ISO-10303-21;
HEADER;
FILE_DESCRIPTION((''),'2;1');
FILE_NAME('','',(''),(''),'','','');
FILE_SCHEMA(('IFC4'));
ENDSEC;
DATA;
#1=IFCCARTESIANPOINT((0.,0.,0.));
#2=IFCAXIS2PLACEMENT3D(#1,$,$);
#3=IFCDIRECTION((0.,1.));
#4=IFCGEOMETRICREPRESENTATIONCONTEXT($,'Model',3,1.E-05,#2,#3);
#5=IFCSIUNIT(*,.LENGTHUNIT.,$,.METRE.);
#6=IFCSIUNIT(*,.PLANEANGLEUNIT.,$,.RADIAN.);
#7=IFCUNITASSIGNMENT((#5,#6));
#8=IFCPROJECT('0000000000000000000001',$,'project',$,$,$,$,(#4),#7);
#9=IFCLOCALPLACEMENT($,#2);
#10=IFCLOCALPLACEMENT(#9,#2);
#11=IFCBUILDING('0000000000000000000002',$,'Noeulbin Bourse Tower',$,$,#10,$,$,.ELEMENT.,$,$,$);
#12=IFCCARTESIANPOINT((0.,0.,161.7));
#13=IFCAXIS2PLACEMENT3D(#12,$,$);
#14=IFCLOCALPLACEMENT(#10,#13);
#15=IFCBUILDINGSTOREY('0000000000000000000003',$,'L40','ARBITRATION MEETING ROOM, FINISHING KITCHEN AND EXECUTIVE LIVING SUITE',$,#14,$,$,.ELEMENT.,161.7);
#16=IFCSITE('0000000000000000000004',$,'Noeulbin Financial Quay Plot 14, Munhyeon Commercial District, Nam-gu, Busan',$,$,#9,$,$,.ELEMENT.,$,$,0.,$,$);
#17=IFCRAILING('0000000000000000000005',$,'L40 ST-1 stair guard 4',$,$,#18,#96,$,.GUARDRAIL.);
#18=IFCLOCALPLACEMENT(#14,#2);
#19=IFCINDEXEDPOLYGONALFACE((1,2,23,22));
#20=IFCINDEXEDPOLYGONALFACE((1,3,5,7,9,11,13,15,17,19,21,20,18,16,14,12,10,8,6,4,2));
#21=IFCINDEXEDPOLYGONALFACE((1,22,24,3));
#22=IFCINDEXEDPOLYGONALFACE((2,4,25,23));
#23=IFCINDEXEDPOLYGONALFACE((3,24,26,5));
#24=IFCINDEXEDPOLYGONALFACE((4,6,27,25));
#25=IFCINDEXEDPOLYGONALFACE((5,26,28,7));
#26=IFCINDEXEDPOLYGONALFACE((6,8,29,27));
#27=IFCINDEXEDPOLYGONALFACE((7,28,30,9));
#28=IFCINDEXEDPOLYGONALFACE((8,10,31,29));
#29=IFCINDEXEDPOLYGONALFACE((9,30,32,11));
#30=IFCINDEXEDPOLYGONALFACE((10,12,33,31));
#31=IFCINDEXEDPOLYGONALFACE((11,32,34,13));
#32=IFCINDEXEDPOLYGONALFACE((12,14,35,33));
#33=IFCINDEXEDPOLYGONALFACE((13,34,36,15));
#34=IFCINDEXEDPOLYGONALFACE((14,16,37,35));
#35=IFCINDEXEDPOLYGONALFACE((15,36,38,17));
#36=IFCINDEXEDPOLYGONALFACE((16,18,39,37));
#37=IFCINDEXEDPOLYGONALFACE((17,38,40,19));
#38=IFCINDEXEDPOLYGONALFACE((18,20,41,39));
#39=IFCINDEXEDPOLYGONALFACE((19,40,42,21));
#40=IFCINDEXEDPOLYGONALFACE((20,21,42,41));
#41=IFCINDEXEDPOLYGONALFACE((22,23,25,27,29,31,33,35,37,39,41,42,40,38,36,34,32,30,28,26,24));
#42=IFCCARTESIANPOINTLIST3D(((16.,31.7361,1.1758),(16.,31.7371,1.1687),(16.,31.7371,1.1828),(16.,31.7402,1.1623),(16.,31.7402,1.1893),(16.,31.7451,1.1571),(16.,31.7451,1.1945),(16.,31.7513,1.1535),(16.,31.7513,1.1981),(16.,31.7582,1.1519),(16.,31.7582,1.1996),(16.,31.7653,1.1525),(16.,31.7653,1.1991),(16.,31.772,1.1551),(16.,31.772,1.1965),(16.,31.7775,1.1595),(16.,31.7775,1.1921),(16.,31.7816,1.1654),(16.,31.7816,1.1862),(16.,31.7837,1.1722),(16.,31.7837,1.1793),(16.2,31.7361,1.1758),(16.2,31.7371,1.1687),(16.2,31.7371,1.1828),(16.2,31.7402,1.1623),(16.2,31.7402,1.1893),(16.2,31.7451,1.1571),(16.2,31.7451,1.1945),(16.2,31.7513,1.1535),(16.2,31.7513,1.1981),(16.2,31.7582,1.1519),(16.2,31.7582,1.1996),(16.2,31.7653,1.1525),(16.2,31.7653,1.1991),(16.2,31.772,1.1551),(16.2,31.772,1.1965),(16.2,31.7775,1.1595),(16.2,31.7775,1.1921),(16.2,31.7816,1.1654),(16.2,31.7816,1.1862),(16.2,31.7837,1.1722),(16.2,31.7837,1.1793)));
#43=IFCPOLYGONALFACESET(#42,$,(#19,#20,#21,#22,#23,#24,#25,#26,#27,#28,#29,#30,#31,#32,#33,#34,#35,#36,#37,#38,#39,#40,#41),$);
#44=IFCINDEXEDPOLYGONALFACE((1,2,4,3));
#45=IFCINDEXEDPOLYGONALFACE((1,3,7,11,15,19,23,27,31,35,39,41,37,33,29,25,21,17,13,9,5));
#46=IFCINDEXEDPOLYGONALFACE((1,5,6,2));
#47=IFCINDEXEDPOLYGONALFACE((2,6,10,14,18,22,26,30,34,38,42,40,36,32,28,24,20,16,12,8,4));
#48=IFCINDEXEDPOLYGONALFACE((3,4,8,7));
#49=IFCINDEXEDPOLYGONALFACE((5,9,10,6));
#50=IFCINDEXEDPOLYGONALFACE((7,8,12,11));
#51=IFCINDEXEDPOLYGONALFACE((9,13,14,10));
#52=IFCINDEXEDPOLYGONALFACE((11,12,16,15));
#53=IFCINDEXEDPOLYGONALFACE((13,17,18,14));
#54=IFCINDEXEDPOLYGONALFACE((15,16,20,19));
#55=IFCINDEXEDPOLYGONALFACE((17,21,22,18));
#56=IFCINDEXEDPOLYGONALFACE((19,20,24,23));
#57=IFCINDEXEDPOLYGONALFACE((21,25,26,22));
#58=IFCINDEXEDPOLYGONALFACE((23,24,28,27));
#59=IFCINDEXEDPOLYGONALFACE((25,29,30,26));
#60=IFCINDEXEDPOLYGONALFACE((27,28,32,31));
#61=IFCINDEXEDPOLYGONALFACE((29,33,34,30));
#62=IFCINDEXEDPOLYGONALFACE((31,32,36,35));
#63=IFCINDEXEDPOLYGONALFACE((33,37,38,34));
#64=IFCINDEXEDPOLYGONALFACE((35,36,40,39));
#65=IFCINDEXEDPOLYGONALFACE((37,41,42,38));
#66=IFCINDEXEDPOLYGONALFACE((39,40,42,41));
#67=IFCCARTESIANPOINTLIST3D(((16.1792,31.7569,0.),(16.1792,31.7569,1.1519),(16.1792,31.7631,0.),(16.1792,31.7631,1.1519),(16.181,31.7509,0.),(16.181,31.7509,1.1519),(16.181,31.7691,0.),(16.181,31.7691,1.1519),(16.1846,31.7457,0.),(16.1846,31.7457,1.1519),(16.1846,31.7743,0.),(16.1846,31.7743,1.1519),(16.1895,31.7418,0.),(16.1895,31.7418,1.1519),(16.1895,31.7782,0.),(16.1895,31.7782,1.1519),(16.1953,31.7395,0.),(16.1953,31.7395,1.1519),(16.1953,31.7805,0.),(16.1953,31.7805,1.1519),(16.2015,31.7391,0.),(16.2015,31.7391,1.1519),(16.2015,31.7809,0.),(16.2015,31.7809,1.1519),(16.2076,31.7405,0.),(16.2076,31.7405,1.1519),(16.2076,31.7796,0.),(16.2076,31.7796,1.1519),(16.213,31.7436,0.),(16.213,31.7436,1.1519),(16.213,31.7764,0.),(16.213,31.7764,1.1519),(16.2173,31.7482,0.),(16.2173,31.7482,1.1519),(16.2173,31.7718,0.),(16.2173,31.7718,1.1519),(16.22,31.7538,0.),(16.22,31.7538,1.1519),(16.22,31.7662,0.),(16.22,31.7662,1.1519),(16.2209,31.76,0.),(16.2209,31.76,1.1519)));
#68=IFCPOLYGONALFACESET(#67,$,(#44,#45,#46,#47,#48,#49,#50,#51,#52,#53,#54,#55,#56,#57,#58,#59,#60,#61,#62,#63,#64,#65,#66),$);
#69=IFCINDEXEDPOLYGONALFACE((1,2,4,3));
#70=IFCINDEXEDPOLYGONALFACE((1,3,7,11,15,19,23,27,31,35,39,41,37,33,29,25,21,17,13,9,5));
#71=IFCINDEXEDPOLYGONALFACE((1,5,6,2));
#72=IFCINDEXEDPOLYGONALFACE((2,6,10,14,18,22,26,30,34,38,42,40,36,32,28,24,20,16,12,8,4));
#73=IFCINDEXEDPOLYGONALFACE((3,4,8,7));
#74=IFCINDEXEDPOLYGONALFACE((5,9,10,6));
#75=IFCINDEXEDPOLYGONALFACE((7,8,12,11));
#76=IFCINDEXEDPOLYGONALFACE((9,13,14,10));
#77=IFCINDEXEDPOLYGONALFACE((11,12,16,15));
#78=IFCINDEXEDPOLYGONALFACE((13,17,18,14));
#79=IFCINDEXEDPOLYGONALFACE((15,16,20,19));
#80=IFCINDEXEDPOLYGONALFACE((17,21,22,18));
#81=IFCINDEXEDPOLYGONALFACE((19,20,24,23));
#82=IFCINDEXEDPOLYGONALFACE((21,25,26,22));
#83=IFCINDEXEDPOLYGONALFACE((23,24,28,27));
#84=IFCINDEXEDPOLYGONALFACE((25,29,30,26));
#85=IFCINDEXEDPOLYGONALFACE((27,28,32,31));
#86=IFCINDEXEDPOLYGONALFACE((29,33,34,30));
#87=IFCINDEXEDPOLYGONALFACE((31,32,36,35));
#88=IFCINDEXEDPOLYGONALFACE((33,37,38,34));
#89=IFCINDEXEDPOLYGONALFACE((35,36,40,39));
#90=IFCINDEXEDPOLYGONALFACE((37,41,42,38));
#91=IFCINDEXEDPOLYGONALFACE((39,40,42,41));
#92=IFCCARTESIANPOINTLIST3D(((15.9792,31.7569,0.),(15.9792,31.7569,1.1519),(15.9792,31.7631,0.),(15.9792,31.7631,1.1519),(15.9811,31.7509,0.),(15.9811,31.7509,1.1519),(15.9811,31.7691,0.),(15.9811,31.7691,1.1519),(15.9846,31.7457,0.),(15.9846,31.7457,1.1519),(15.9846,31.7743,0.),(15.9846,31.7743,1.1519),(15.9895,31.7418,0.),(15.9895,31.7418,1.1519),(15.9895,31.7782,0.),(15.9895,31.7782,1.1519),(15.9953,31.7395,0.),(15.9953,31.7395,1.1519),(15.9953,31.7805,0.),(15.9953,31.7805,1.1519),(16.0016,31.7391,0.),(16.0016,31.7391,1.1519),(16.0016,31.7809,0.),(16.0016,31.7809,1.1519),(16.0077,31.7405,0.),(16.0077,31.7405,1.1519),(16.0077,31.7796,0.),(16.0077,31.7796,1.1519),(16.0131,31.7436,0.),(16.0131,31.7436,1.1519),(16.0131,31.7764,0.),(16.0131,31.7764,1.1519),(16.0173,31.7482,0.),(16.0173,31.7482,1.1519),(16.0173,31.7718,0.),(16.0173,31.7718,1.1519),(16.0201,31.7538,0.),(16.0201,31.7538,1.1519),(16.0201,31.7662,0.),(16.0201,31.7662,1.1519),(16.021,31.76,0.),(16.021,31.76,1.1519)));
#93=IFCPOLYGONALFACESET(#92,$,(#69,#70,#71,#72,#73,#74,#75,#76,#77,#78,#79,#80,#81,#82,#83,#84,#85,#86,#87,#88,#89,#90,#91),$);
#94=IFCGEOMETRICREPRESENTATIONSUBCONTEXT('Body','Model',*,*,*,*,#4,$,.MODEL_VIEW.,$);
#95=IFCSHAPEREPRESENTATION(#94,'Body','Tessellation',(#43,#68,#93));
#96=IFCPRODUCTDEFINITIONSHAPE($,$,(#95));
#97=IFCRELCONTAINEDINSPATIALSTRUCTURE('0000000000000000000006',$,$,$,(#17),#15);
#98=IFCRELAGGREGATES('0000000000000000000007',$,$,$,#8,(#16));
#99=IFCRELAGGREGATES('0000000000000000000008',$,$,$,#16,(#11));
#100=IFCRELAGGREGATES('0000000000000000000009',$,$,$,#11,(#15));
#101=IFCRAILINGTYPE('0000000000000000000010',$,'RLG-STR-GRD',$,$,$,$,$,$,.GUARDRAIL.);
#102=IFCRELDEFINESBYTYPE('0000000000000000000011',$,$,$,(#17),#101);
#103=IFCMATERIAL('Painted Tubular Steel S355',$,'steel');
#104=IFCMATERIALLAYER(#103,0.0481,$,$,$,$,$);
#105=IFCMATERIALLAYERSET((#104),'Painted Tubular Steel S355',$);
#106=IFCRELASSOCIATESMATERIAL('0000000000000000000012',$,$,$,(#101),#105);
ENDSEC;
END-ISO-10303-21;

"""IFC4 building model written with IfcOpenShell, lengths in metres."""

from ifc_helpers import new_model, si_unit, direction, frame, origin, origin_2d, place, context, subcontext, project, spatial, circle, extrude, material, layer, layer_set, type_object, element, save


model = new_model("IFC4")

# Units and contexts
model_context = context("Model", 3, precision=1e-05, world=origin(), true_north=direction((0.0, 1.0)))
body_context = subcontext(model_context, "Body", "Model", "MODEL_VIEW")
ifc_project = project(units=[si_unit("LENGTHUNIT", "METRE"), si_unit("PLANEANGLEUNIT", "RADIAN")], contexts=[model_context])

# Site, building, storey
site_placement = place(None, origin())
site = spatial("IfcSite", under=ifc_project, at=site_placement, Name="Noeulbin Financial Quay Plot 14, Munhyeon Commercial District, Nam-gu, Busan", CompositionType="ELEMENT", RefElevation=0.0)
building_placement = place(site_placement, origin())
building = spatial("IfcBuilding", under=site, at=building_placement, Name="Noeulbin Bourse Tower", CompositionType="ELEMENT")
storey_placement = place(building_placement, frame((0.0, 0.0, 161.7)))
storey = spatial("IfcBuildingStorey", under=building, at=storey_placement, Name="L40", Description="ARBITRATION MEETING ROOM, FINISHING KITCHEN AND EXECUTIVE LIVING SUITE", CompositionType="ELEMENT", Elevation=161.7)

# Railing
ifc_material_1 = material(Name="Painted Tubular Steel S355", Category="steel")
ifc_layer_1 = layer(ifc_material_1, 0.0481)
ifc_layer_set_1 = layer_set([ifc_layer_1], Name="Painted Tubular Steel S355")
railing_type_1 = type_object("IfcRailingType", Name="RLG-STR-GRD", PredefinedType="GUARDRAIL", material=ifc_layer_set_1)
railing_1_placement = place(storey_placement, frame((16.2, 31.76, 0.0)))
element("IfcRailing", 1, at=railing_1_placement, inside=storey, type_object=railing_type_1, Name="L40 ST-1 stair guard 4", PredefinedType="GUARDRAIL", context=body_context, shape_type="SweptSolid", body=[
    extrude(circle(Radius=0.0239, at=origin_2d()), frame((0.0, 0.0, 1.1758), z_axis=(-1.0, 0.0, 0.0), x_axis=(0.0, -1.0, 0.0)), (0.0, 0.0, 1.0), 0.2),
    extrude(circle(Radius=0.021, at=origin_2d()), origin(), (0.0, 0.0, 1.0), 1.1519),
    extrude(circle(Radius=0.021, at=origin_2d()), frame((-0.2, 0.0, 0.0)), (0.0, 0.0, 1.0), 1.1519),
])

save(model, "model.ifc")
